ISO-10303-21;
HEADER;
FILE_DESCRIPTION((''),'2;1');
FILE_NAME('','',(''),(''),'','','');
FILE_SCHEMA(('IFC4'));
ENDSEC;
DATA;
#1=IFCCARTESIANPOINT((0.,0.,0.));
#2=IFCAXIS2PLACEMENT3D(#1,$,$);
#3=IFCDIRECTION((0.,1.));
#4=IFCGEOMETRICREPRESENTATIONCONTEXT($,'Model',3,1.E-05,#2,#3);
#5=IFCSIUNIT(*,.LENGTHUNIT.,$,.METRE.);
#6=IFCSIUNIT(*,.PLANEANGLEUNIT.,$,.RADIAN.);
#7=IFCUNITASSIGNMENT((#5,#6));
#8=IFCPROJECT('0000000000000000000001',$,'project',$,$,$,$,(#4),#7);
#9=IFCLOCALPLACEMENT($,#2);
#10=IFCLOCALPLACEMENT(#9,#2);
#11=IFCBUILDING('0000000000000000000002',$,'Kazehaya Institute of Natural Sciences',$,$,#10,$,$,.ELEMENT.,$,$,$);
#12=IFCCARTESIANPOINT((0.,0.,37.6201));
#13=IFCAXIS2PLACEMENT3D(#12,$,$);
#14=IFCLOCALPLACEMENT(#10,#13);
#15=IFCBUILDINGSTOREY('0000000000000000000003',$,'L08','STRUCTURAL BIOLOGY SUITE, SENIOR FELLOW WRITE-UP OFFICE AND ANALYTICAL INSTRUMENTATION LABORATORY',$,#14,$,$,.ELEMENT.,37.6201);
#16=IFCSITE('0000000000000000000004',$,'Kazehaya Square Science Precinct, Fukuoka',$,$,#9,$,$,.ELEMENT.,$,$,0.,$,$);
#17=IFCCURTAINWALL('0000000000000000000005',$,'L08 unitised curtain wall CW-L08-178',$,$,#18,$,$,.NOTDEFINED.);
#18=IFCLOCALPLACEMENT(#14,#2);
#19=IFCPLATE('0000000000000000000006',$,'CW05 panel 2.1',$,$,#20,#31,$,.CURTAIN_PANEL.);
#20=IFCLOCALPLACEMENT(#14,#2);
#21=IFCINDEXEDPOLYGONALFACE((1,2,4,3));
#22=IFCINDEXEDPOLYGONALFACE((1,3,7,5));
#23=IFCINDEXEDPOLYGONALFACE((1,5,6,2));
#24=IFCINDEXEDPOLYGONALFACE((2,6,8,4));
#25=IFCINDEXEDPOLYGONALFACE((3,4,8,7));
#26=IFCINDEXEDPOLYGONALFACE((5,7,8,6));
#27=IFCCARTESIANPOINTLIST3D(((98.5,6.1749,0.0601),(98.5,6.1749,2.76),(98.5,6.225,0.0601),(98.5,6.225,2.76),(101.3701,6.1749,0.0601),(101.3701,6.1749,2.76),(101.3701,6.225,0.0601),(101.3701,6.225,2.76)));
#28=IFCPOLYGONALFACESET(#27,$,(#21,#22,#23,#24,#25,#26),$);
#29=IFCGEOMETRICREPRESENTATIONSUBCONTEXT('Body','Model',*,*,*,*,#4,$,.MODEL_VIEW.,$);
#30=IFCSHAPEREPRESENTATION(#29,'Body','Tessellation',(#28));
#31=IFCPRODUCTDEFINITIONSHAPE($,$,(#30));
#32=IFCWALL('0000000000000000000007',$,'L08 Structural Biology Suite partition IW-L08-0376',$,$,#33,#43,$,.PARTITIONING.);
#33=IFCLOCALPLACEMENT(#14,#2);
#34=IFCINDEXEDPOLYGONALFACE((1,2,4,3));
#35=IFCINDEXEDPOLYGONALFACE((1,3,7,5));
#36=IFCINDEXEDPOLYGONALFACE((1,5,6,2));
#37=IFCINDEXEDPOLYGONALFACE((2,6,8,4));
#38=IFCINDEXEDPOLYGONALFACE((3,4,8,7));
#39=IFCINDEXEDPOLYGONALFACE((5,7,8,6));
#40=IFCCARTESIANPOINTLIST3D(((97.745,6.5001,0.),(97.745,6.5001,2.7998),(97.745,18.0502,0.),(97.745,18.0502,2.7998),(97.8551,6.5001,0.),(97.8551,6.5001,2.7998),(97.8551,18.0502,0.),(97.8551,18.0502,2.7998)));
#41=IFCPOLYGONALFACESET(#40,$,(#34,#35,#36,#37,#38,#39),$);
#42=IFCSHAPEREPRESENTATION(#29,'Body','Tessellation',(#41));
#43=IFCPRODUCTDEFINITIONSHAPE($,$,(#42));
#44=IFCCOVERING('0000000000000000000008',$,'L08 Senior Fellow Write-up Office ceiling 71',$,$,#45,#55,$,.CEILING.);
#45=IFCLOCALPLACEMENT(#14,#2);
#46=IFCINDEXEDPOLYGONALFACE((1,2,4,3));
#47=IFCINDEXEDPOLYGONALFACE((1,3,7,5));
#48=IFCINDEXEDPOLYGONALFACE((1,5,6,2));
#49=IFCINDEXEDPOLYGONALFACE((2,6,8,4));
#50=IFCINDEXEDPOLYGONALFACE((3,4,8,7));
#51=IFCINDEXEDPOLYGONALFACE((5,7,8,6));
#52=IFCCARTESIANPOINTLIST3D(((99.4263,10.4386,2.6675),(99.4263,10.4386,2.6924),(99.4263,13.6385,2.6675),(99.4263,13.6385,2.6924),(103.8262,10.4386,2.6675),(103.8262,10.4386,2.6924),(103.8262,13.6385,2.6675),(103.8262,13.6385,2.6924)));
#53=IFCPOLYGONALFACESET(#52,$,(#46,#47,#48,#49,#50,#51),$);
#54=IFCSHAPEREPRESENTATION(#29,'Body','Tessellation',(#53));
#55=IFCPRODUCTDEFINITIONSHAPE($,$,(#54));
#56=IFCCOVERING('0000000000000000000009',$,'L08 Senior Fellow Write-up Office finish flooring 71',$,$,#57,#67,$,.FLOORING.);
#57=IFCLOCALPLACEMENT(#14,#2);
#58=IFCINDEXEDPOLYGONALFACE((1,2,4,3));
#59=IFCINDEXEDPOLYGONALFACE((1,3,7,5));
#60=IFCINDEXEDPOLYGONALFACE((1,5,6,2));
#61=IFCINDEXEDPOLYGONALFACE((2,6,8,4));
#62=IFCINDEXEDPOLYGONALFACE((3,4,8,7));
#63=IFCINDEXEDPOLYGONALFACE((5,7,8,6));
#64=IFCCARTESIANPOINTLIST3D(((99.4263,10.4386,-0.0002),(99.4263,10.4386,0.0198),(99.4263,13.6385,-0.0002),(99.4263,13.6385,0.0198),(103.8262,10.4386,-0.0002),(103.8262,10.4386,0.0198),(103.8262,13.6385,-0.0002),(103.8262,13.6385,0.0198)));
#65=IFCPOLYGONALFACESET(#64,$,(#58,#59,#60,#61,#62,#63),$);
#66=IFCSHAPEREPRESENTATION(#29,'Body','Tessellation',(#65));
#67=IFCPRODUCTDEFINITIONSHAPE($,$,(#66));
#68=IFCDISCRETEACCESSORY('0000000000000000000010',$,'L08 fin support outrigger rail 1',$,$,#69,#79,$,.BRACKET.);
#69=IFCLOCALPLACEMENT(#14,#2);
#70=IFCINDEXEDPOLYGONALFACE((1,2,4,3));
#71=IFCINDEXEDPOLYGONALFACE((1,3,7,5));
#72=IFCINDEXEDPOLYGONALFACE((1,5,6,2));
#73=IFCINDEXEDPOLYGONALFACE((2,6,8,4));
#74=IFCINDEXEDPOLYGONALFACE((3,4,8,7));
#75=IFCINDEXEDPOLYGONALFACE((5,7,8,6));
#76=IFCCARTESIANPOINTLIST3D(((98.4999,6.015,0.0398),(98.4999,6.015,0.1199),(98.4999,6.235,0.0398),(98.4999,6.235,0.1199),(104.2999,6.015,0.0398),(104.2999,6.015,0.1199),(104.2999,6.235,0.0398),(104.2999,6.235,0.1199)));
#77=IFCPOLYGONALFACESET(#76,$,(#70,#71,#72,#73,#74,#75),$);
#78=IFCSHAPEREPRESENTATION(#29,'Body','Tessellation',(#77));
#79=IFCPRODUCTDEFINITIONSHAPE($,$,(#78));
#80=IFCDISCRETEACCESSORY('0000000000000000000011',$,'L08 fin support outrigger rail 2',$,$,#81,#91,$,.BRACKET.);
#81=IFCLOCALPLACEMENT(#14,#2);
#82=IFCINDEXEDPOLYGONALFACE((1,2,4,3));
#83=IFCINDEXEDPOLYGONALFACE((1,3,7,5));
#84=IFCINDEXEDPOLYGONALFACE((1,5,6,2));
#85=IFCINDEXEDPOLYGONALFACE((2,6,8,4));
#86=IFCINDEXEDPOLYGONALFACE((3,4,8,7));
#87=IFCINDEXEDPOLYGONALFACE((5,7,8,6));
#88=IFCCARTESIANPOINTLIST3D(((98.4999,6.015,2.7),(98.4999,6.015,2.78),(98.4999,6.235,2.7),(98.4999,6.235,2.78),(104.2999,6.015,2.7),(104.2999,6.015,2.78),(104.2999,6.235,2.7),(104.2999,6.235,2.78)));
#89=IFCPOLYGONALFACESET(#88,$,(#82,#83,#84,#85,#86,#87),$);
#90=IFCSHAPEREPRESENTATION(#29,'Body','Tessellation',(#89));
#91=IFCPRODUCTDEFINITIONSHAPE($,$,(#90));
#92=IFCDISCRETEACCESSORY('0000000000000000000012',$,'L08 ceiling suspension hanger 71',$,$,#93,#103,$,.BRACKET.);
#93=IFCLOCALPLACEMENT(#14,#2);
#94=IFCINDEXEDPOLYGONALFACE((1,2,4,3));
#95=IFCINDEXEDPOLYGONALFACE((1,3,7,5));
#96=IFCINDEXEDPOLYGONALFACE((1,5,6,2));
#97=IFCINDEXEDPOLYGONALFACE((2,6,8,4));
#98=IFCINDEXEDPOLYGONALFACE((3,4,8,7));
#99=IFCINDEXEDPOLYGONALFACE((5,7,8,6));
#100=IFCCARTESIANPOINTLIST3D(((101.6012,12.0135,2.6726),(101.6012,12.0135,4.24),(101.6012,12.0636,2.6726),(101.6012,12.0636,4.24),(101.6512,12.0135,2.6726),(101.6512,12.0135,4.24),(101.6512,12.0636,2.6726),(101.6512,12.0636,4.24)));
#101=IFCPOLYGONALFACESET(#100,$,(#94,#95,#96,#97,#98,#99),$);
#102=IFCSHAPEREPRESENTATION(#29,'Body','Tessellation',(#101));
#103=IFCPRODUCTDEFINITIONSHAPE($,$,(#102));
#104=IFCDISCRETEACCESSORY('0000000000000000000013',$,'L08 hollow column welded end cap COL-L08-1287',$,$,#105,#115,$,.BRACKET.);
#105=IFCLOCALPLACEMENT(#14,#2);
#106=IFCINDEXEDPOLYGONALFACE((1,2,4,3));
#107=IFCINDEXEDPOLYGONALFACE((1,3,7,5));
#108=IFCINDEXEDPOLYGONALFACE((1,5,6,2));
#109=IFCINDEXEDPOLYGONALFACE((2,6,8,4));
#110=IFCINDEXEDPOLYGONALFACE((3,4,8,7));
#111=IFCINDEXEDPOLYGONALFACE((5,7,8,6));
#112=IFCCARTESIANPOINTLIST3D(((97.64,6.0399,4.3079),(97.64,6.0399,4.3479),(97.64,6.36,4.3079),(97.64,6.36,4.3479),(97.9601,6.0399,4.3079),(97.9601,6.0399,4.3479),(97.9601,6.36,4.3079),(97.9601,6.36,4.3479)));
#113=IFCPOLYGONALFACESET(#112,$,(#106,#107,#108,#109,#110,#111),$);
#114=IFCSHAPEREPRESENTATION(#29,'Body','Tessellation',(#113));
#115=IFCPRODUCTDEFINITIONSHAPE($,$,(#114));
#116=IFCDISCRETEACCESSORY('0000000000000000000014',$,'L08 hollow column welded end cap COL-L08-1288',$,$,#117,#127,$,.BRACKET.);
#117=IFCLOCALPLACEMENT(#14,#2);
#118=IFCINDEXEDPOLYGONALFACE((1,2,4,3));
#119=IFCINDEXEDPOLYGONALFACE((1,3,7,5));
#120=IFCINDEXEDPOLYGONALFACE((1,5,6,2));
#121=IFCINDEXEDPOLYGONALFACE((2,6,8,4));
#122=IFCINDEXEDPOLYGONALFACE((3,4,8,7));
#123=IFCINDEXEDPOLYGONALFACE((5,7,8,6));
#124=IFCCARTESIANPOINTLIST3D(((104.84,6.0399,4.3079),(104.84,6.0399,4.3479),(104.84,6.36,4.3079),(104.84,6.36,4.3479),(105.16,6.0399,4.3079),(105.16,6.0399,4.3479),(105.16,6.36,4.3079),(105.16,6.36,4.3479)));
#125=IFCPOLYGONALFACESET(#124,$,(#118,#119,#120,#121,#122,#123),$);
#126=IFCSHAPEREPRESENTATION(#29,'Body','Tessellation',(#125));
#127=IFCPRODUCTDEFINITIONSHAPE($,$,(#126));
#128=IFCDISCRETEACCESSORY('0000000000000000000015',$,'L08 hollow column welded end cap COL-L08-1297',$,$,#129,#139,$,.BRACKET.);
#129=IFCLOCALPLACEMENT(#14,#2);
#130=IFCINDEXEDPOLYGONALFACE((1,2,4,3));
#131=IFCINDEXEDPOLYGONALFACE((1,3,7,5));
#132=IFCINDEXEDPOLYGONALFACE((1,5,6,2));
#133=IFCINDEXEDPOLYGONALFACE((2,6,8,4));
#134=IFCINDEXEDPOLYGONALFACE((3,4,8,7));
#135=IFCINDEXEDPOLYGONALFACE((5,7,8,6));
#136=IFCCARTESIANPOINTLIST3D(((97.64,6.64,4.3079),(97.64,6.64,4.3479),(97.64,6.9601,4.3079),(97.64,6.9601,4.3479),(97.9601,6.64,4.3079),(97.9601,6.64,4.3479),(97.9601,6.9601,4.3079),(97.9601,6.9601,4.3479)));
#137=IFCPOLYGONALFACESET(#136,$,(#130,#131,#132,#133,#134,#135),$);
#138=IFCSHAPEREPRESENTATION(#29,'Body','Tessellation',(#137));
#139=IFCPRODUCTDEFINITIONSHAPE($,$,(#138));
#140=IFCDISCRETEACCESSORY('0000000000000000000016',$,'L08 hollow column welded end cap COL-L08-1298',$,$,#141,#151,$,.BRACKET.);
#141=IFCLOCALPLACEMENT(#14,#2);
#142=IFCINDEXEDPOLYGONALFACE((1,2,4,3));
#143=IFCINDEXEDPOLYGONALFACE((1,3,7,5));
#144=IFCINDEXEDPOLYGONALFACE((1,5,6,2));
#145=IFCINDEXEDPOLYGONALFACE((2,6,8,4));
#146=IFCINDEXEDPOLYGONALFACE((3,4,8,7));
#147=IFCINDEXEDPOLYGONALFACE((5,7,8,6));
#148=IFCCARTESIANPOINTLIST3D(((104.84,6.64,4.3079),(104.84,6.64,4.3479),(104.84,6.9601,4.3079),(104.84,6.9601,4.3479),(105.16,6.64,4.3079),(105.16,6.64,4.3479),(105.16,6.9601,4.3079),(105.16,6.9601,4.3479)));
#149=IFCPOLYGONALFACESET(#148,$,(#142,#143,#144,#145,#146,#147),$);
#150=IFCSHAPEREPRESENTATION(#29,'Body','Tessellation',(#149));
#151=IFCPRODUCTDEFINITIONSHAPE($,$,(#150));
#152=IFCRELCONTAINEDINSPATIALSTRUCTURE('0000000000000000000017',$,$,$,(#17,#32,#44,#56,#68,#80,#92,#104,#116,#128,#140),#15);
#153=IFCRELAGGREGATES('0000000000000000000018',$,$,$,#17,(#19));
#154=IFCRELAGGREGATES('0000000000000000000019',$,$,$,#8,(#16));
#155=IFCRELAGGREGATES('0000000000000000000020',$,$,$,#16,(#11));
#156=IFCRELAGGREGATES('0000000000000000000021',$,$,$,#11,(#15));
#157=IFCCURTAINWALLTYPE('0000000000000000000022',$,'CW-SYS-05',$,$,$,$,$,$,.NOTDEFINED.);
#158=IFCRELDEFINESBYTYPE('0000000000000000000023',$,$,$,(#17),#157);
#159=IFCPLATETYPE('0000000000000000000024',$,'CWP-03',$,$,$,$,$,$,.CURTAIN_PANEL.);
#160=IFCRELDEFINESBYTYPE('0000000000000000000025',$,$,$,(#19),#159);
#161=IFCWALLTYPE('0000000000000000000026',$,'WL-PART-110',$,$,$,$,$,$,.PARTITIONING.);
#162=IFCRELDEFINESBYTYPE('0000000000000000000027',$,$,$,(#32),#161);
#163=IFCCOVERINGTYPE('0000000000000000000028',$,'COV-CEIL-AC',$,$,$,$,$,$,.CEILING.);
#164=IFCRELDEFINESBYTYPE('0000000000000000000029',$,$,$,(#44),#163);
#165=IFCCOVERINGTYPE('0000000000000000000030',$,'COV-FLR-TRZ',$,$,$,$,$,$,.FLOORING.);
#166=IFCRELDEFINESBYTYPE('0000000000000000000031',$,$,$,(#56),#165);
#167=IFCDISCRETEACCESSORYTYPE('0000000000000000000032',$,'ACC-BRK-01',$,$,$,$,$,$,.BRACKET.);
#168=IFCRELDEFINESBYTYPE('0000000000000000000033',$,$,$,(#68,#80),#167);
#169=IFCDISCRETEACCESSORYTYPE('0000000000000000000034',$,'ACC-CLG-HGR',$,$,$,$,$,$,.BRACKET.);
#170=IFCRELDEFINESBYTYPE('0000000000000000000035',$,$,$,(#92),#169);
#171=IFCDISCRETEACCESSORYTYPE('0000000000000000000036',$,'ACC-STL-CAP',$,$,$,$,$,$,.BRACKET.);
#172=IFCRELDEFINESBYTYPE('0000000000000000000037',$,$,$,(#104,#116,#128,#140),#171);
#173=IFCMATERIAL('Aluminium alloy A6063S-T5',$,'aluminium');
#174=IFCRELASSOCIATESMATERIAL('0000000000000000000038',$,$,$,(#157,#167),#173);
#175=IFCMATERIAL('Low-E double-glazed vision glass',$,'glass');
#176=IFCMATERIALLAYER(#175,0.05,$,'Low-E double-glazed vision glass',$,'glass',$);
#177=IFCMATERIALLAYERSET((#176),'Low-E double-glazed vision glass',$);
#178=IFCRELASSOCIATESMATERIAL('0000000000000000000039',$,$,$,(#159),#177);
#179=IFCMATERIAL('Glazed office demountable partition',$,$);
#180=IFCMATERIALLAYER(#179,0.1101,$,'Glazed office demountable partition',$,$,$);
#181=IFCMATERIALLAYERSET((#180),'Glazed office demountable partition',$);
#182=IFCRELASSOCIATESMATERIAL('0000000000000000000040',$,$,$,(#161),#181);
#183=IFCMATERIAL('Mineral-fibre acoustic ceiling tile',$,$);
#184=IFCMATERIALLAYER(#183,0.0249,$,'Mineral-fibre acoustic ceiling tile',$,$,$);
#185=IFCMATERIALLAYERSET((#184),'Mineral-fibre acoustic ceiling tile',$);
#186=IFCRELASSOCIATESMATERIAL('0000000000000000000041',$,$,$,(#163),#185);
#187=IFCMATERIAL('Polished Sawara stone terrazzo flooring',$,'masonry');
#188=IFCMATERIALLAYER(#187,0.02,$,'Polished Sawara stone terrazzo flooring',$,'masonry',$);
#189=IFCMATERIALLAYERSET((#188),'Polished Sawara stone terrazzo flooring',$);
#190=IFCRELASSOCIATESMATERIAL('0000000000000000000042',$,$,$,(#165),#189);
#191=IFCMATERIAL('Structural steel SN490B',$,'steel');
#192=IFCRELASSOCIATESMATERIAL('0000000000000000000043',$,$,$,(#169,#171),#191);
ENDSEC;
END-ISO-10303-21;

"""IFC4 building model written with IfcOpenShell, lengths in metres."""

from ifc_helpers import new_model, si_unit, direction, frame, frame_2d, origin, origin_2d, place, context, subcontext, project, spatial, rectangle, extrude, material, layer, layer_set, type_object, element, aggregate, save


model = new_model("IFC4")

# Units and contexts
model_context = context("Model", 3, precision=1e-05, world=origin(), true_north=direction((0.0, 1.0)))
body_context = subcontext(model_context, "Body", "Model", "MODEL_VIEW")
ifc_project = project(units=[si_unit("LENGTHUNIT", "METRE"), si_unit("PLANEANGLEUNIT", "RADIAN")], contexts=[model_context])

# Site, building, storey
site_placement = place(None, origin())
site = spatial("IfcSite", under=ifc_project, at=site_placement, Name="Kazehaya Square Science Precinct, Fukuoka", CompositionType="ELEMENT", RefElevation=0.0)
building_placement = place(site_placement, origin())
building = spatial("IfcBuilding", under=site, at=building_placement, Name="Kazehaya Institute of Natural Sciences", CompositionType="ELEMENT")
storey_placement = place(building_placement, frame((0.0, 0.0, 37.6201)))
storey = spatial("IfcBuildingStorey", under=building, at=storey_placement, Name="L08", Description="STRUCTURAL BIOLOGY SUITE, SENIOR FELLOW WRITE-UP OFFICE AND ANALYTICAL INSTRUMENTATION LABORATORY", CompositionType="ELEMENT", Elevation=37.6201)

# Curtain wall
ifc_material_1 = material(Name="Aluminium alloy A6063S-T5", Category="aluminium")
curtain_wall_type = type_object("IfcCurtainWallType", Name="CW-SYS-05", PredefinedType="NOTDEFINED", material=ifc_material_1)
curtain_wall_1_placement = place(storey_placement, origin())
curtain_wall_1 = element("IfcCurtainWall", 1, at=curtain_wall_1_placement, inside=storey, type_object=curtain_wall_type, Name="L08 unitised curtain wall CW-L08-178", PredefinedType="NOTDEFINED")

# Plate
ifc_material_2 = material(Name="Low-E double-glazed vision glass", Category="glass")
ifc_layer_1 = layer(ifc_material_2, 0.05, Name="Low-E double-glazed vision glass", Category="glass")
ifc_layer_set_1 = layer_set([ifc_layer_1], Name="Low-E double-glazed vision glass")
plate_type = type_object("IfcPlateType", Name="CWP-03", PredefinedType="CURTAIN_PANEL", material=ifc_layer_set_1)
plate_1_placement = place(storey_placement, frame((99.9351, 6.2, 0.0601), z_axis=(0.0, 0.0, 1.0), x_axis=(-1.0, 0.0, 0.0)))
plate_1 = element("IfcPlate", 2, at=plate_1_placement, type_object=plate_type, Name="CW05 panel 2.1", PredefinedType="CURTAIN_PANEL", context=body_context, shape_type="SweptSolid", body=[
    extrude(rectangle(XDim=2.8701, YDim=0.05, at=origin_2d()), origin(), (0.0, 0.0, 1.0), 2.7),
])
aggregate(curtain_wall_1, [plate_1])

# Wall
ifc_material_3 = material(Name="Glazed office demountable partition")
ifc_layer_2 = layer(ifc_material_3, 0.1101, Name="Glazed office demountable partition")
ifc_layer_set_2 = layer_set([ifc_layer_2], Name="Glazed office demountable partition")
wall_type = type_object("IfcWallType", Name="WL-PART-110", PredefinedType="PARTITIONING", material=ifc_layer_set_2)
wall_placement = place(storey_placement, frame((97.8, 18.05, 0.0), z_axis=(0.0, 0.0, 1.0), x_axis=(0.0, -1.0, 0.0)))
element("IfcWall", 3, at=wall_placement, inside=storey, type_object=wall_type, Name="L08 Structural Biology Suite partition IW-L08-0376", PredefinedType="PARTITIONING", context=body_context, shape_type="SweptSolid", body=[
    extrude(rectangle(XDim=11.55, YDim=0.1101, at=frame_2d((5.7749, 0.0))), origin(), (0.0, 0.0, 1.0), 2.7998),
])

# Coverings
ifc_material_4 = material(Name="Mineral-fibre acoustic ceiling tile")
ifc_layer_3 = layer(ifc_material_4, 0.0249, Name="Mineral-fibre acoustic ceiling tile")
ifc_layer_set_3 = layer_set([ifc_layer_3], Name="Mineral-fibre acoustic ceiling tile")
covering_type_1 = type_object("IfcCoveringType", Name="COV-CEIL-AC", PredefinedType="CEILING", material=ifc_layer_set_3)
covering_1_placement = place(storey_placement, frame((101.6262, 12.0386, 2.6675), z_axis=(0.0, 0.0, 1.0), x_axis=(1.0, 0.0, 0.0)))
element("IfcCovering", 4, at=covering_1_placement, inside=storey, type_object=covering_type_1, Name="L08 Senior Fellow Write-up Office ceiling 71", PredefinedType="CEILING", context=body_context, shape_type="SweptSolid", body=[
    extrude(rectangle(XDim=4.3999, YDim=3.2, at=origin_2d()), origin(), (0.0, 0.0, 1.0), 0.0249),
])
ifc_material_5 = material(Name="Polished Sawara stone terrazzo flooring", Category="masonry")
ifc_layer_4 = layer(ifc_material_5, 0.02, Name="Polished Sawara stone terrazzo flooring", Category="masonry")
ifc_layer_set_4 = layer_set([ifc_layer_4], Name="Polished Sawara stone terrazzo flooring")
covering_type_2 = type_object("IfcCoveringType", Name="COV-FLR-TRZ", PredefinedType="FLOORING", material=ifc_layer_set_4)
covering_2_placement = place(storey_placement, frame((101.6262, 12.0386, -0.0002), z_axis=(0.0, 0.0, 1.0), x_axis=(1.0, 0.0, 0.0)))
element("IfcCovering", 5, at=covering_2_placement, inside=storey, type_object=covering_type_2, Name="L08 Senior Fellow Write-up Office finish flooring 71", PredefinedType="FLOORING", context=body_context, shape_type="SweptSolid", body=[
    extrude(rectangle(XDim=4.3999, YDim=3.2, at=origin_2d()), origin(), (0.0, 0.0, 1.0), 0.02),
])

# Discrete accessories
discrete_accessory_type_1 = type_object("IfcDiscreteAccessoryType", Name="ACC-BRK-01", PredefinedType="BRACKET", material=ifc_material_1)
for number, where, z_axis, x_axis, name in (
    (6, (101.3999, 6.125, 0.0398), (0.0, 0.0, 1.0), (-1.0, 0.0, 0.0), "L08 fin support outrigger rail 1"),
    (7, (101.3999, 6.125, 2.7), (0.0, 0.0, 1.0), (-1.0, 0.0, 0.0), "L08 fin support outrigger rail 2"),
):
    element("IfcDiscreteAccessory", number, at=place(storey_placement, frame(where, z_axis=z_axis, x_axis=x_axis)), inside=storey, type_object=discrete_accessory_type_1, Name=name, PredefinedType="BRACKET", context=body_context, shape_type="SweptSolid", body=[
        extrude(rectangle(XDim=5.8, YDim=0.22, at=origin_2d()), origin(), (0.0, 0.0, 1.0), 0.0801),
    ])
ifc_material_6 = material(Name="Structural steel SN490B", Category="steel")
discrete_accessory_type_2 = type_object("IfcDiscreteAccessoryType", Name="ACC-CLG-HGR", PredefinedType="BRACKET", material=ifc_material_6)
discrete_accessory_placement = place(storey_placement, frame((101.6262, 12.0386, 2.6726), z_axis=(0.0, 0.0, 1.0), x_axis=(1.0, 0.0, 0.0)))
element("IfcDiscreteAccessory", 8, at=discrete_accessory_placement, inside=storey, type_object=discrete_accessory_type_2, Name="L08 ceiling suspension hanger 71", PredefinedType="BRACKET", context=body_context, shape_type="SweptSolid", body=[
    extrude(rectangle(XDim=0.05, YDim=0.05, at=origin_2d()), origin(), (0.0, 0.0, 1.0), 1.5674),
])
discrete_accessory_type_3 = type_object("IfcDiscreteAccessoryType", Name="ACC-STL-CAP", PredefinedType="BRACKET", material=ifc_material_6)
for number, where, z_axis, x_axis, name in (
    (9, (97.8, 6.2, 4.3079), (0.0, 0.0, 1.0), (1.0, 0.0, 0.0), "L08 hollow column welded end cap COL-L08-1287"),
    (10, (105.0, 6.2, 4.3079), (0.0, 0.0, 1.0), (1.0, 0.0, 0.0), "L08 hollow column welded end cap COL-L08-1288"),
    (11, (97.8, 6.8, 4.3079), (0.0, 0.0, 1.0), (1.0, 0.0, 0.0), "L08 hollow column welded end cap COL-L08-1297"),
    (12, (105.0, 6.8, 4.3079), (0.0, 0.0, 1.0), (1.0, 0.0, 0.0), "L08 hollow column welded end cap COL-L08-1298"),
):
    element("IfcDiscreteAccessory", number, at=place(storey_placement, frame(where, z_axis=z_axis, x_axis=x_axis)), inside=storey, type_object=discrete_accessory_type_3, Name=name, PredefinedType="BRACKET", context=body_context, shape_type="SweptSolid", body=[
        extrude(rectangle(XDim=0.3201, YDim=0.3201, at=origin_2d()), origin(), (0.0, 0.0, 1.0), 0.04),
    ])

save(model, "model.ifc")
